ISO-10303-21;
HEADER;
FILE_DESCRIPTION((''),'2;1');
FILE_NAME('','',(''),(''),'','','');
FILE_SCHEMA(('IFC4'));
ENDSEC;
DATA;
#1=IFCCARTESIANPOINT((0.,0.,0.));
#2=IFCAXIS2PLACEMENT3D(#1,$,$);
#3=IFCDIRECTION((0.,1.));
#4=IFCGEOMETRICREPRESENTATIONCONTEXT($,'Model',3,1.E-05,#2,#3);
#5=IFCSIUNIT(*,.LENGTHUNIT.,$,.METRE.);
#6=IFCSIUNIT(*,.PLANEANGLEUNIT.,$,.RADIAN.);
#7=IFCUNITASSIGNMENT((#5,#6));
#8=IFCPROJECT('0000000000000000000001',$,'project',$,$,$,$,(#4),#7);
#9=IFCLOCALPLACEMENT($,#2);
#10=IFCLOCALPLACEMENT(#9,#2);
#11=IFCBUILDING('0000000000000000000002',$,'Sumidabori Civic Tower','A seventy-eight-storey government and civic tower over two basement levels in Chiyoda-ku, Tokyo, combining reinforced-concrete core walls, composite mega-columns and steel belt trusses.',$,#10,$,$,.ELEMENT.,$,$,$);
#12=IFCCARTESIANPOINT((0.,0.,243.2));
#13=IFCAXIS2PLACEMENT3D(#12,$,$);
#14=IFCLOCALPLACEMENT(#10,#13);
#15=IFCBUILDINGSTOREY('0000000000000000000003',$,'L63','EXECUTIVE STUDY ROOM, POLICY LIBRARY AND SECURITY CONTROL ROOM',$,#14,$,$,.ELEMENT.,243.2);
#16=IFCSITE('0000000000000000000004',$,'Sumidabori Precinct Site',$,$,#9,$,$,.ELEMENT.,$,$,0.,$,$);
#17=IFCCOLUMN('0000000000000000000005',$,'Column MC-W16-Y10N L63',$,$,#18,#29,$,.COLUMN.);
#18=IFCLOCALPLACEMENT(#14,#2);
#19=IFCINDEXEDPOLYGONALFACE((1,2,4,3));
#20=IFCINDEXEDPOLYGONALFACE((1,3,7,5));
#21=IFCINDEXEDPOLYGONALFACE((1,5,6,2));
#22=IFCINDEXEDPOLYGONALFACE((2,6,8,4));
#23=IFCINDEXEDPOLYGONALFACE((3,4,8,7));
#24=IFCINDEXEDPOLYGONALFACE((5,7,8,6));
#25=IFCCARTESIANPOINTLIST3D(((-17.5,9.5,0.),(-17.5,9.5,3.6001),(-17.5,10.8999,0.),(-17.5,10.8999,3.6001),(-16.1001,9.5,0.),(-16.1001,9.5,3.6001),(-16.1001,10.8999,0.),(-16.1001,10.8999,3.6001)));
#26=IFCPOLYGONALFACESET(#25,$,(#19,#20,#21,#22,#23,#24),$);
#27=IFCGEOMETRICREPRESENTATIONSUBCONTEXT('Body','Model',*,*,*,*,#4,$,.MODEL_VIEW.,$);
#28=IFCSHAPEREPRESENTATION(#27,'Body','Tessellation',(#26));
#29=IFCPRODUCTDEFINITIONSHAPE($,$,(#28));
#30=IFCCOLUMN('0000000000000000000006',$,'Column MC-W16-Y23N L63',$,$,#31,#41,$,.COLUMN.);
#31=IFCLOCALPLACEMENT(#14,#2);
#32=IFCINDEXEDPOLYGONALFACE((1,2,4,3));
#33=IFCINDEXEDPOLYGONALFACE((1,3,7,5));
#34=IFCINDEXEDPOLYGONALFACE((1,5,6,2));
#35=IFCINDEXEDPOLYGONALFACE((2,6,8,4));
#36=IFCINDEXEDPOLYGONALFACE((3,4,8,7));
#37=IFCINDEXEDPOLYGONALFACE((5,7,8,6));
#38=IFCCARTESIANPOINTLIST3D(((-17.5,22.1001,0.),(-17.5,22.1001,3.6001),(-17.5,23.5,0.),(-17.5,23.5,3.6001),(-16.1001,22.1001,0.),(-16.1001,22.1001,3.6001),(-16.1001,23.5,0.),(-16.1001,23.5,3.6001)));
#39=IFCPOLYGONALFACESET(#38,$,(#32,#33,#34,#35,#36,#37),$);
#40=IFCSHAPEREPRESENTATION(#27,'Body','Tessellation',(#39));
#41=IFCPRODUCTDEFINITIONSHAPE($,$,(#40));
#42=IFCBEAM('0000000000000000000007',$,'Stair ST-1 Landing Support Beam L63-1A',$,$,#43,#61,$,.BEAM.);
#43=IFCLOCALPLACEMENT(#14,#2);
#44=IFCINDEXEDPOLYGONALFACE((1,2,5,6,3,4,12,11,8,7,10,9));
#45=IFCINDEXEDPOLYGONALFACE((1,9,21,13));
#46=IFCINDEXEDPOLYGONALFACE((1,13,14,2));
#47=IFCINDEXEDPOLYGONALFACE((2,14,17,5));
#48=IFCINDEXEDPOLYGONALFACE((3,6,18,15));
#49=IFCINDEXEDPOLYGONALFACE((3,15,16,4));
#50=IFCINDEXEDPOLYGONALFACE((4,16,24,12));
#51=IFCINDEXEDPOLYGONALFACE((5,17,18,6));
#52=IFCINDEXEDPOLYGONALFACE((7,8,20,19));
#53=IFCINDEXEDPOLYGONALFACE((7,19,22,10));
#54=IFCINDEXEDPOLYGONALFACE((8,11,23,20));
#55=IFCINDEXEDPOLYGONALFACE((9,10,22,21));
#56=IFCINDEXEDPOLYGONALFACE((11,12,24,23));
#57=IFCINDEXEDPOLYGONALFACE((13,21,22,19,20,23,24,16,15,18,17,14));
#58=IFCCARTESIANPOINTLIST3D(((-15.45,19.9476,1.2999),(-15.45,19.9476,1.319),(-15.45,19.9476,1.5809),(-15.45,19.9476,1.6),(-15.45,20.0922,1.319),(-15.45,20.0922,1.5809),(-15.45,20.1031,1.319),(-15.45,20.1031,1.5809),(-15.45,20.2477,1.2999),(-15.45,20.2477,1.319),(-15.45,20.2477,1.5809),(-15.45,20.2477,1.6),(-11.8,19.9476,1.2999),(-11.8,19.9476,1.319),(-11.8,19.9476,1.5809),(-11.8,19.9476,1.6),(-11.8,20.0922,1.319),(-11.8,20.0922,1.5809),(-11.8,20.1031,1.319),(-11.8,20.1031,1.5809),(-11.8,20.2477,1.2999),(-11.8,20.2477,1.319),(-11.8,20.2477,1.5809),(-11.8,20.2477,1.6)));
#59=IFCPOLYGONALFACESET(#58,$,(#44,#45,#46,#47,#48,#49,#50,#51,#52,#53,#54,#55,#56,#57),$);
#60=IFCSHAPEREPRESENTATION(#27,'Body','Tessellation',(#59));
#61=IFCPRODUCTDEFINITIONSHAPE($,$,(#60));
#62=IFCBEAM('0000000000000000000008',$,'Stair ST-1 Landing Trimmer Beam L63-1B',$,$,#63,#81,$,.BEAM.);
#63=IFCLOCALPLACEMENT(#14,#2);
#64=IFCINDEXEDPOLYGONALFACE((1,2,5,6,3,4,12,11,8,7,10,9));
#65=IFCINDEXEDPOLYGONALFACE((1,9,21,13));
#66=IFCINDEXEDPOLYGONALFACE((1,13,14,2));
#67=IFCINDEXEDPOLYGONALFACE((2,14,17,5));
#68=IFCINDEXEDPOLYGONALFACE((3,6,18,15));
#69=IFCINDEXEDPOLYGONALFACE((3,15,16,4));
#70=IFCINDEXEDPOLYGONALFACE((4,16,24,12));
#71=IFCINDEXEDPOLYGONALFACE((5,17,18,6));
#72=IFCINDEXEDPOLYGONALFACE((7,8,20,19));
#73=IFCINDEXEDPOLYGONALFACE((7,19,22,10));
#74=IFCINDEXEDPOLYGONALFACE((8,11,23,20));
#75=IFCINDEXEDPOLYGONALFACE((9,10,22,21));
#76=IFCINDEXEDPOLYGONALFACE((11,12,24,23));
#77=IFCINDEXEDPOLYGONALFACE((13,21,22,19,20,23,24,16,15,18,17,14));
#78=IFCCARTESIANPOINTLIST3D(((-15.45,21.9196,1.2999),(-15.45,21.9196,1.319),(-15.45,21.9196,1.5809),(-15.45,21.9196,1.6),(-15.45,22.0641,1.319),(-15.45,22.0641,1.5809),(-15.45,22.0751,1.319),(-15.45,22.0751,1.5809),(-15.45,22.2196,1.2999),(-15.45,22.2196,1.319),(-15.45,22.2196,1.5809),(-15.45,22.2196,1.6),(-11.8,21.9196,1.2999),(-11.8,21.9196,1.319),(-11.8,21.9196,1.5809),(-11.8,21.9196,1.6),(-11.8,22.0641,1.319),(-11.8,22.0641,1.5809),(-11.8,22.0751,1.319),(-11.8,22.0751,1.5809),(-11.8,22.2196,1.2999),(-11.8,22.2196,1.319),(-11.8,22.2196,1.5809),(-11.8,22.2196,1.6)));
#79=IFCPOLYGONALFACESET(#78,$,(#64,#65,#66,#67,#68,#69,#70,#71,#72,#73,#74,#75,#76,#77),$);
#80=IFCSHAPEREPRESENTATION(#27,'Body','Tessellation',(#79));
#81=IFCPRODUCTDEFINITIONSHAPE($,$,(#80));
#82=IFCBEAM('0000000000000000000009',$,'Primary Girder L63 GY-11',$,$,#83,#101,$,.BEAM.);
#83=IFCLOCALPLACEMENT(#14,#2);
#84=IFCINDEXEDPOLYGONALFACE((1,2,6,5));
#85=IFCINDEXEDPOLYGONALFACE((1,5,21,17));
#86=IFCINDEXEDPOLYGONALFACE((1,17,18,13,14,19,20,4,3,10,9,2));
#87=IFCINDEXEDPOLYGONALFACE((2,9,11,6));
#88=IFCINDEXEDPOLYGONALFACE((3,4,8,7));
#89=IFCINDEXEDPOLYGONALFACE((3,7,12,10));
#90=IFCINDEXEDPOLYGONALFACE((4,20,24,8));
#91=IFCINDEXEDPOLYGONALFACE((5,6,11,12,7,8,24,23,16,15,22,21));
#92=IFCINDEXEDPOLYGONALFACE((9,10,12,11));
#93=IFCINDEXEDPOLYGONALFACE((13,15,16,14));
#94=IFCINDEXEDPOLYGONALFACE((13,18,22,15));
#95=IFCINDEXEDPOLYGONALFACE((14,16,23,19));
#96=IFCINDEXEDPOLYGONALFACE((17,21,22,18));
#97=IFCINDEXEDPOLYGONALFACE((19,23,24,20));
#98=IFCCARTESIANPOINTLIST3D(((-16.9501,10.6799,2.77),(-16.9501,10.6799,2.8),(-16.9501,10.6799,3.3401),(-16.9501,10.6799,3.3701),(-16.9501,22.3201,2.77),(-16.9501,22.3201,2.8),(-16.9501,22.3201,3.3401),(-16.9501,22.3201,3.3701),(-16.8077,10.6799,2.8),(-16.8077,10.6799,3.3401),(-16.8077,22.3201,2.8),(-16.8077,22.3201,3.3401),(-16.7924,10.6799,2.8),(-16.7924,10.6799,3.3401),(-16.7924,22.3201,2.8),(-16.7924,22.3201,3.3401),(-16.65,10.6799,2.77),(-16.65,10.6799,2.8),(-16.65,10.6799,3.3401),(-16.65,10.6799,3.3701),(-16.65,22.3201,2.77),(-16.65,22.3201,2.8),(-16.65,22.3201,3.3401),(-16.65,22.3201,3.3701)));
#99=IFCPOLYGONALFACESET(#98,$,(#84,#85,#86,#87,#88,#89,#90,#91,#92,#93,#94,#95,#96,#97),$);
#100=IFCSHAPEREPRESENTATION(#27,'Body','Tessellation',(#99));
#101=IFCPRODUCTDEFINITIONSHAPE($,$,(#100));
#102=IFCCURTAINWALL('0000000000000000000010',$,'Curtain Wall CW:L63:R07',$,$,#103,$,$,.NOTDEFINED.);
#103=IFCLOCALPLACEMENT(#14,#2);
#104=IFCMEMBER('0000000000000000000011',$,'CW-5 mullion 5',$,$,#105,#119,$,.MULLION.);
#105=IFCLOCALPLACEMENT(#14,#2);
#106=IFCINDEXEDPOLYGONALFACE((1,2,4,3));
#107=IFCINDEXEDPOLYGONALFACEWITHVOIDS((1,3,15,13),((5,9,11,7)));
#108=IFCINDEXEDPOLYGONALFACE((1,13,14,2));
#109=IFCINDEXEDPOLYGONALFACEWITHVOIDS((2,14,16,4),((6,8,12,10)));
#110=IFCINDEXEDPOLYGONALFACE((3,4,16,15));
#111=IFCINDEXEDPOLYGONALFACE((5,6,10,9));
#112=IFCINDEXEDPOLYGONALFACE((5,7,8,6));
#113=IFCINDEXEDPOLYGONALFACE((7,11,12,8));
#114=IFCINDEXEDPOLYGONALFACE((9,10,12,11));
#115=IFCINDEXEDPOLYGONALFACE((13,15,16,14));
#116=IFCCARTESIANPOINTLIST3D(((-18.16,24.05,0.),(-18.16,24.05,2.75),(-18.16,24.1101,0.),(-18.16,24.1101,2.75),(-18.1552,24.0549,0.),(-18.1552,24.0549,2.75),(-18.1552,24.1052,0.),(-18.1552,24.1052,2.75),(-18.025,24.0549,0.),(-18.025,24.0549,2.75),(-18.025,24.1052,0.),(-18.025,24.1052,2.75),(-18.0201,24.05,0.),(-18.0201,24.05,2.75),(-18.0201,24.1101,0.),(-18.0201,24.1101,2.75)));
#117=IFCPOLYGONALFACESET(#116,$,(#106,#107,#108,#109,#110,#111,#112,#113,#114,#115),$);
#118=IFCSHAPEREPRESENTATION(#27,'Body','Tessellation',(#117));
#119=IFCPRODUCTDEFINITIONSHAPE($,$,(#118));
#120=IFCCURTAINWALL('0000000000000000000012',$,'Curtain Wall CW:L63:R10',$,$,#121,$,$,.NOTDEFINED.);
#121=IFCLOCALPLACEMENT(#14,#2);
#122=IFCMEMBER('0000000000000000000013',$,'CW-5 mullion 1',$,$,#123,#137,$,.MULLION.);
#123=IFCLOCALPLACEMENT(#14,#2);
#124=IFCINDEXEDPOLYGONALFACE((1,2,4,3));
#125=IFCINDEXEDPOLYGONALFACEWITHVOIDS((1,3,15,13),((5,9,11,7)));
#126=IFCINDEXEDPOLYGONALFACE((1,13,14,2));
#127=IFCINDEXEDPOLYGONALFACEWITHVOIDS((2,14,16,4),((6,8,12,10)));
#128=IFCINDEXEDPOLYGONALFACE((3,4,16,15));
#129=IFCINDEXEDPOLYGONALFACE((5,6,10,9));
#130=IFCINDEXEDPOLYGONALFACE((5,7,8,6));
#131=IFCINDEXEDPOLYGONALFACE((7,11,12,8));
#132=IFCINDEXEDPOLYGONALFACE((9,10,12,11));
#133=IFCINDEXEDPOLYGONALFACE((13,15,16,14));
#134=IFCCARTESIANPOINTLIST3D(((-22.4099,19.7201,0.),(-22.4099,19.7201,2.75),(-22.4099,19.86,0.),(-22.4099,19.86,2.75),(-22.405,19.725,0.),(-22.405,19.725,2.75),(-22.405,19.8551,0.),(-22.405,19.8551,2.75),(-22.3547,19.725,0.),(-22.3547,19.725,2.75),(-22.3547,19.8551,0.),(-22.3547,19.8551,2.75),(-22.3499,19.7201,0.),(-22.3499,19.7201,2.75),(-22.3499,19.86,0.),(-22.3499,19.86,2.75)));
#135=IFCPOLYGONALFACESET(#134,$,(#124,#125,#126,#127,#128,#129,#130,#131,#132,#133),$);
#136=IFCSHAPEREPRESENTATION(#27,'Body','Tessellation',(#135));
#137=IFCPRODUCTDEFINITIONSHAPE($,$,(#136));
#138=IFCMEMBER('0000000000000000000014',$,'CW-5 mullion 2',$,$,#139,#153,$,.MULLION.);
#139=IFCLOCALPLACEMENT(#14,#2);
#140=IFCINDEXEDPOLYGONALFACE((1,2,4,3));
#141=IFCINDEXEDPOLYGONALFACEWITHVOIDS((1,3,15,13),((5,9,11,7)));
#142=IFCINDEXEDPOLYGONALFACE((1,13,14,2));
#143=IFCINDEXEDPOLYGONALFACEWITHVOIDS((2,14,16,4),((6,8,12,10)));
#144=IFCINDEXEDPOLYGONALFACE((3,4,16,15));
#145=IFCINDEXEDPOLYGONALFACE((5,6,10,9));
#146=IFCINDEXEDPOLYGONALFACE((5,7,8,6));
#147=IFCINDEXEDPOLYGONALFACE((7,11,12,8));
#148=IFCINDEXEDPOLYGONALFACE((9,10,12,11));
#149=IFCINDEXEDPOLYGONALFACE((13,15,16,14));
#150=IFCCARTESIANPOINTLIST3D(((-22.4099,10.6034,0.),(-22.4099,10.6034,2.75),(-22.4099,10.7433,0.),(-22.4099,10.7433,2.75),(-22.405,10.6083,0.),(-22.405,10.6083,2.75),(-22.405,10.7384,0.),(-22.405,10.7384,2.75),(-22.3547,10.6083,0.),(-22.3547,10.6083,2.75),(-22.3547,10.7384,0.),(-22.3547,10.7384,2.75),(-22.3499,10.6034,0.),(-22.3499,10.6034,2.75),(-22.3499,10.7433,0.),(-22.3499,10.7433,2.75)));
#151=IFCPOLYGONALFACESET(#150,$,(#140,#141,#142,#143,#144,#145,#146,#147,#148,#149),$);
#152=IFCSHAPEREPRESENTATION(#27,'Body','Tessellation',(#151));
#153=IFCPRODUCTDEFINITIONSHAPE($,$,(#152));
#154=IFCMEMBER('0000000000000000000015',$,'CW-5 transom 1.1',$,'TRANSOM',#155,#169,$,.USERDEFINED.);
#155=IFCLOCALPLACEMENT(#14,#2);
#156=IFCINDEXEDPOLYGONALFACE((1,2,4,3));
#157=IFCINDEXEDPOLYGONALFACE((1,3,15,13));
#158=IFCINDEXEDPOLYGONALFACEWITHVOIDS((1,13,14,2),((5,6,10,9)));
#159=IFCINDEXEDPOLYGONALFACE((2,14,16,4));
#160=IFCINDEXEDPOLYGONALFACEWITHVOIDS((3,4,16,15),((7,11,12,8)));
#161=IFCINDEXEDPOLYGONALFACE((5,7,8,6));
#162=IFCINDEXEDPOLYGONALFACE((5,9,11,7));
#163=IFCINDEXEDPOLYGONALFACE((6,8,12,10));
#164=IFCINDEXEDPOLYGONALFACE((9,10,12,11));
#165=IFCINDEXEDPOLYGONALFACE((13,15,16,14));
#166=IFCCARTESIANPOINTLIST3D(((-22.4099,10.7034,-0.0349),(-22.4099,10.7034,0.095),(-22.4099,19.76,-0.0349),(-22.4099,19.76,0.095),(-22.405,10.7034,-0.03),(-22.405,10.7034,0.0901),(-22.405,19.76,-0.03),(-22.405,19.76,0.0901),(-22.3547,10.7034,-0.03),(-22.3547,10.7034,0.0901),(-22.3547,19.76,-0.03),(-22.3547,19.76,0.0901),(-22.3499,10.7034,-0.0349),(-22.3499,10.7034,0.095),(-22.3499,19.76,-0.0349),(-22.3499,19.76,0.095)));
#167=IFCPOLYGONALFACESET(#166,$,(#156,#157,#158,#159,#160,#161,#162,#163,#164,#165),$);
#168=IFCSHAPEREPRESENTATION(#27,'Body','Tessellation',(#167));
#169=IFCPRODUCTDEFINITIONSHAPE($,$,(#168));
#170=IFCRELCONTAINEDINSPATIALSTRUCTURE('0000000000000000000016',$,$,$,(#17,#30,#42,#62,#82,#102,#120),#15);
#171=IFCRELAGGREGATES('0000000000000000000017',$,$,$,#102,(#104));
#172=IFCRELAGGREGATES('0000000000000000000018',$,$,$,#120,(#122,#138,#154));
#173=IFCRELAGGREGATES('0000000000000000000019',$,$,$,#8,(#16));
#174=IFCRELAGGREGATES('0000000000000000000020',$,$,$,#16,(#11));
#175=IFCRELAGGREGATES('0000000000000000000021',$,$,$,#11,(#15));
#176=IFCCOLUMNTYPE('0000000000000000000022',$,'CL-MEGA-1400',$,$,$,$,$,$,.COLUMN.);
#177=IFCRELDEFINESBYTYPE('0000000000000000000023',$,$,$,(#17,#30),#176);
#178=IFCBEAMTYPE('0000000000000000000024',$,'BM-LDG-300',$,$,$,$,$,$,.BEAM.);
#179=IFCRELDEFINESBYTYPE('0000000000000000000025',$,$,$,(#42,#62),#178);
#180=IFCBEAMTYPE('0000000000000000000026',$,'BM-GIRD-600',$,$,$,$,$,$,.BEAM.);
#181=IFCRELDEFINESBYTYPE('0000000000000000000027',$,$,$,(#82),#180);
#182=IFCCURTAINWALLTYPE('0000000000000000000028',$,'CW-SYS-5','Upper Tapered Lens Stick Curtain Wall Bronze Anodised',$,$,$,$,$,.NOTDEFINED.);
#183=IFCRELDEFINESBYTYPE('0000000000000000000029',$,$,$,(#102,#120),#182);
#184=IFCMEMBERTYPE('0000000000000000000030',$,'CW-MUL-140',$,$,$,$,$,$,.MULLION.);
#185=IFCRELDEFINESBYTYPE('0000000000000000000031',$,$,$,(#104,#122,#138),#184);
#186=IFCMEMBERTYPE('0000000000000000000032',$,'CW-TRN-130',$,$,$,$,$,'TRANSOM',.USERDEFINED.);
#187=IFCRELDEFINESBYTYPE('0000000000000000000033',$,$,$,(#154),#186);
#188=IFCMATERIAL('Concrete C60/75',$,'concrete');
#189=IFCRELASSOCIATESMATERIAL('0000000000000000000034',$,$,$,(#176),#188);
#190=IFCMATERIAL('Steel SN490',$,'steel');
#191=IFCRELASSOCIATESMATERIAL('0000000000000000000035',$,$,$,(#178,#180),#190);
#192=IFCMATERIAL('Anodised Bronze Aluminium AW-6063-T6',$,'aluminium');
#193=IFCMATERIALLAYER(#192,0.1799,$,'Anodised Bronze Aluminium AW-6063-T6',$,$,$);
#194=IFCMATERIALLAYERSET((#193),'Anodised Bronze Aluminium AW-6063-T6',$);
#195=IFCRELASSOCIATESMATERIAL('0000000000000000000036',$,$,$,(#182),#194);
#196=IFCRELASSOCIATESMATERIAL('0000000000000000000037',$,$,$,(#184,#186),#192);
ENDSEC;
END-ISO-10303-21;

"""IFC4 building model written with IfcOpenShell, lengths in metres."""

from ifc_helpers import new_model, si_unit, direction, frame, origin, origin_2d, place, context, subcontext, project, spatial, rectangle, hollow_rectangle, i_section, extrude, source, transform, mapped, material, layer, layer_set, material_profile, profile_set, type_object, element, aggregate, save


model = new_model("IFC4")

# Units and contexts
model_context = context("Model", 3, precision=1e-05, world=origin(), true_north=direction((0.0, 1.0)))
body_context = subcontext(model_context, "Body", "Model", "MODEL_VIEW")
ifc_project = project(units=[si_unit("LENGTHUNIT", "METRE"), si_unit("PLANEANGLEUNIT", "RADIAN")], contexts=[model_context])

# Site, building, storey
site_placement = place(None, origin())
site = spatial("IfcSite", under=ifc_project, at=site_placement, Name="Sumidabori Precinct Site", CompositionType="ELEMENT", RefElevation=0.0)
building_placement = place(site_placement, origin())
building = spatial("IfcBuilding", under=site, at=building_placement, Name="Sumidabori Civic Tower", Description="A seventy-eight-storey government and civic tower over two basement levels in Chiyoda-ku, Tokyo, combining reinforced-concrete core walls, composite mega-columns and steel belt trusses.", CompositionType="ELEMENT")
storey_placement = place(building_placement, frame((0.0, 0.0, 243.2)))
storey = spatial("IfcBuildingStorey", under=building, at=storey_placement, Name="L63", Description="EXECUTIVE STUDY ROOM, POLICY LIBRARY AND SECURITY CONTROL ROOM", CompositionType="ELEMENT", Elevation=243.2)

# Columns
ifc_material_1 = material(Name="Concrete C60/75", Category="concrete")
ifc_material_profile_1 = material_profile(ifc_material_1, rectangle(XDim=1.3999, YDim=1.3999, at=origin_2d()), Name="RC 1400x1400")
ifc_profile_set_1 = profile_set([ifc_material_profile_1], Name="Concrete C60/75")
column_type = type_object("IfcColumnType", Name="CL-MEGA-1400", PredefinedType="COLUMN", material=ifc_profile_set_1)
shared_shape_1 = source(origin(), body_context, "Body", "SweptSolid", [
    extrude(rectangle(XDim=1.3999, YDim=1.3999, at=origin_2d()), origin(), (0.0, 0.0, 1.0), 3.6001),
])
for number, where, z_axis, x_axis, name in (
    (1, (-16.8, 10.2, 0.0), (0.0, 0.0, 1.0), (1.0, 0.0, 0.0), "Column MC-W16-Y10N L63"),
    (2, (-16.8, 22.8, 0.0), (0.0, 0.0, 1.0), (1.0, 0.0, 0.0), "Column MC-W16-Y23N L63"),
):
    element("IfcColumn", number, at=place(storey_placement, frame(where, z_axis=z_axis, x_axis=x_axis)), inside=storey, type_object=column_type, Name=name, PredefinedType="COLUMN", context=body_context, shape_type="MappedRepresentation", body=[
        mapped(shared_shape_1, transform((0.0, 0.0, 0.0), x_axis=(1.0, 0.0, 0.0), y_axis=(0.0, 1.0, 0.0), z_axis=(0.0, 0.0, 1.0), scale=1.0)),
    ])

# Beams
ifc_material_2 = material(Name="Steel SN490", Category="steel")
ifc_material_profile_2 = material_profile(ifc_material_2, i_section(OverallWidth=0.3, OverallDepth=0.3, WebThickness=0.011, FlangeThickness=0.019, at=origin_2d()), Name="HE 300 B")
ifc_profile_set_2 = profile_set([ifc_material_profile_2], Name="Steel SN490")
beam_type_1 = type_object("IfcBeamType", Name="BM-LDG-300", PredefinedType="BEAM", material=ifc_profile_set_2)
shared_shape_2 = source(origin(), body_context, "Body", "SweptSolid", [
    extrude(i_section(OverallWidth=0.3, OverallDepth=0.3, WebThickness=0.011, FlangeThickness=0.019, at=origin_2d()), origin(), (0.0, 0.0, 1.0), 3.6499),
])
for number, where, z_axis, x_axis, name in (
    (3, (-15.45, 20.0977, 1.45), (1.0, 0.0, 0.0), (0.0, 1.0, 0.0), "Stair ST-1 Landing Support Beam L63-1A"),
    (4, (-15.45, 22.0696, 1.45), (1.0, 0.0, 0.0), (0.0, 1.0, 0.0), "Stair ST-1 Landing Trimmer Beam L63-1B"),
):
    element("IfcBeam", number, at=place(storey_placement, frame(where, z_axis=z_axis, x_axis=x_axis)), inside=storey, type_object=beam_type_1, Name=name, PredefinedType="BEAM", context=body_context, shape_type="MappedRepresentation", body=[
        mapped(shared_shape_2, transform((0.0, 0.0, 0.0), x_axis=(1.0, 0.0, 0.0), y_axis=(0.0, 1.0, 0.0), z_axis=(0.0, 0.0, 1.0), scale=1.0)),
    ])
ifc_material_profile_3 = material_profile(ifc_material_2, i_section(OverallWidth=0.3, OverallDepth=0.6001, WebThickness=0.0154, FlangeThickness=0.03, at=origin_2d()), Name="HE 600 B")
ifc_profile_set_3 = profile_set([ifc_material_profile_3], Name="Steel SN490")
beam_type_2 = type_object("IfcBeamType", Name="BM-GIRD-600", PredefinedType="BEAM", material=ifc_profile_set_3)
shared_shape_3 = source(origin(), body_context, "Body", "SweptSolid", [
    extrude(i_section(OverallWidth=0.3, OverallDepth=0.6001, WebThickness=0.0154, FlangeThickness=0.03, at=origin_2d()), origin(), (0.0, 0.0, 1.0), 11.6401),
])
beam_placement = place(storey_placement, frame((-16.8, 10.6799, 3.0701), z_axis=(0.0, 1.0, 0.0), x_axis=(-1.0, 0.0, 0.0)))
element("IfcBeam", 5, at=beam_placement, inside=storey, type_object=beam_type_2, Name="Primary Girder L63 GY-11", PredefinedType="BEAM", context=body_context, shape_type="MappedRepresentation", body=[
    mapped(shared_shape_3, transform((0.0, 0.0, 0.0), x_axis=(1.0, 0.0, 0.0), y_axis=(0.0, 1.0, 0.0), z_axis=(0.0, 0.0, 1.0), scale=1.0)),
])

# Curtain wall, member
ifc_material_3 = material(Name="Anodised Bronze Aluminium AW-6063-T6", Category="aluminium")
ifc_layer_1 = layer(ifc_material_3, 0.1799, Name="Anodised Bronze Aluminium AW-6063-T6")
ifc_layer_set_1 = layer_set([ifc_layer_1], Name="Anodised Bronze Aluminium AW-6063-T6")
curtain_wall_type = type_object("IfcCurtainWallType", Name="CW-SYS-5", Description="Upper Tapered Lens Stick Curtain Wall Bronze Anodised", PredefinedType="NOTDEFINED", material=ifc_layer_set_1)
curtain_wall_1_placement = place(storey_placement, origin())
curtain_wall_1 = element("IfcCurtainWall", 6, at=curtain_wall_1_placement, inside=storey, type_object=curtain_wall_type, Name="Curtain Wall CW:L63:R07", PredefinedType="NOTDEFINED")
ifc_material_profile_4 = material_profile(ifc_material_3, hollow_rectangle(XDim=0.0601, YDim=0.1399, WallThickness=0.0049, at=origin_2d()), Name="ALU MULLION 140x60")
ifc_profile_set_4 = profile_set([ifc_material_profile_4], Name="Anodised Bronze Aluminium AW-6063-T6")
member_type_1 = type_object("IfcMemberType", Name="CW-MUL-140", PredefinedType="MULLION", material=ifc_profile_set_4)
shared_shape_4 = source(origin(), body_context, "Body", "SweptSolid", [
    extrude(hollow_rectangle(XDim=0.0601, YDim=0.1399, WallThickness=0.0049, at=origin_2d()), origin(), (0.0, 0.0, 1.0), 2.75),
])
member_1_placement = place(storey_placement, frame((-18.0901, 24.0801, 0.0), z_axis=(0.0, 0.0, 1.0), x_axis=(0.0, -1.0, 0.0)))
member_1 = element("IfcMember", 7, at=member_1_placement, type_object=member_type_1, Name="CW-5 mullion 5", PredefinedType="MULLION", context=body_context, shape_type="MappedRepresentation", body=[
    mapped(shared_shape_4, transform((0.0, 0.0, 0.0), x_axis=(1.0, 0.0, 0.0), y_axis=(0.0, 1.0, 0.0), z_axis=(0.0, 0.0, 1.0), scale=1.0)),
])
aggregate(curtain_wall_1, [member_1])

# Curtain wall, members
curtain_wall_2_placement = place(storey_placement, origin())
curtain_wall_2 = element("IfcCurtainWall", 8, at=curtain_wall_2_placement, inside=storey, type_object=curtain_wall_type, Name="Curtain Wall CW:L63:R10", PredefinedType="NOTDEFINED")
member_2_placement = place(storey_placement, frame((-22.3799, 19.79, 0.0), z_axis=(0.0, 0.0, 1.0), x_axis=(1.0, 0.0, 0.0)))
member_2 = element("IfcMember", 9, at=member_2_placement, type_object=member_type_1, Name="CW-5 mullion 1", PredefinedType="MULLION", context=body_context, shape_type="MappedRepresentation", body=[
    mapped(shared_shape_4, transform((0.0, 0.0, 0.0), x_axis=(1.0, 0.0, 0.0), y_axis=(0.0, 1.0, 0.0), z_axis=(0.0, 0.0, 1.0), scale=1.0)),
])
member_3_placement = place(storey_placement, frame((-22.3799, 10.6733, 0.0), z_axis=(0.0, 0.0, 1.0), x_axis=(1.0, 0.0, 0.0)))
member_3 = element("IfcMember", 10, at=member_3_placement, type_object=member_type_1, Name="CW-5 mullion 2", PredefinedType="MULLION", context=body_context, shape_type="MappedRepresentation", body=[
    mapped(shared_shape_4, transform((0.0, 0.0, 0.0), x_axis=(1.0, 0.0, 0.0), y_axis=(0.0, 1.0, 0.0), z_axis=(0.0, 0.0, 1.0), scale=1.0)),
])
ifc_material_profile_5 = material_profile(ifc_material_3, hollow_rectangle(XDim=0.0601, YDim=0.1299, WallThickness=0.0049, at=origin_2d()), Name="ALU TRANSOM 130x60")
ifc_profile_set_5 = profile_set([ifc_material_profile_5], Name="Anodised Bronze Aluminium AW-6063-T6")
member_type_2 = type_object("IfcMemberType", Name="CW-TRN-130", ElementType="TRANSOM", PredefinedType="USERDEFINED", material=ifc_profile_set_5)
shared_shape_5 = source(origin(), body_context, "Body", "SweptSolid", [
    extrude(hollow_rectangle(XDim=0.0601, YDim=0.1299, WallThickness=0.0049, at=origin_2d()), origin(), (0.0, 0.0, 1.0), 9.0566),
])
member_4_placement = place(storey_placement, frame((-22.3799, 19.76, 0.03), z_axis=(0.0, -1.0, 0.0), x_axis=(1.0, 0.0, 0.0)))
member_4 = element("IfcMember", 11, at=member_4_placement, type_object=member_type_2, Name="CW-5 transom 1.1", ObjectType="TRANSOM", PredefinedType="USERDEFINED", context=body_context, shape_type="MappedRepresentation", body=[
    mapped(shared_shape_5, transform((0.0, 0.0, 0.0), x_axis=(1.0, 0.0, 0.0), y_axis=(0.0, 1.0, 0.0), z_axis=(0.0, 0.0, 1.0), scale=1.0)),
])
aggregate(curtain_wall_2, [member_2, member_3, member_4])

save(model, "model.ifc")
